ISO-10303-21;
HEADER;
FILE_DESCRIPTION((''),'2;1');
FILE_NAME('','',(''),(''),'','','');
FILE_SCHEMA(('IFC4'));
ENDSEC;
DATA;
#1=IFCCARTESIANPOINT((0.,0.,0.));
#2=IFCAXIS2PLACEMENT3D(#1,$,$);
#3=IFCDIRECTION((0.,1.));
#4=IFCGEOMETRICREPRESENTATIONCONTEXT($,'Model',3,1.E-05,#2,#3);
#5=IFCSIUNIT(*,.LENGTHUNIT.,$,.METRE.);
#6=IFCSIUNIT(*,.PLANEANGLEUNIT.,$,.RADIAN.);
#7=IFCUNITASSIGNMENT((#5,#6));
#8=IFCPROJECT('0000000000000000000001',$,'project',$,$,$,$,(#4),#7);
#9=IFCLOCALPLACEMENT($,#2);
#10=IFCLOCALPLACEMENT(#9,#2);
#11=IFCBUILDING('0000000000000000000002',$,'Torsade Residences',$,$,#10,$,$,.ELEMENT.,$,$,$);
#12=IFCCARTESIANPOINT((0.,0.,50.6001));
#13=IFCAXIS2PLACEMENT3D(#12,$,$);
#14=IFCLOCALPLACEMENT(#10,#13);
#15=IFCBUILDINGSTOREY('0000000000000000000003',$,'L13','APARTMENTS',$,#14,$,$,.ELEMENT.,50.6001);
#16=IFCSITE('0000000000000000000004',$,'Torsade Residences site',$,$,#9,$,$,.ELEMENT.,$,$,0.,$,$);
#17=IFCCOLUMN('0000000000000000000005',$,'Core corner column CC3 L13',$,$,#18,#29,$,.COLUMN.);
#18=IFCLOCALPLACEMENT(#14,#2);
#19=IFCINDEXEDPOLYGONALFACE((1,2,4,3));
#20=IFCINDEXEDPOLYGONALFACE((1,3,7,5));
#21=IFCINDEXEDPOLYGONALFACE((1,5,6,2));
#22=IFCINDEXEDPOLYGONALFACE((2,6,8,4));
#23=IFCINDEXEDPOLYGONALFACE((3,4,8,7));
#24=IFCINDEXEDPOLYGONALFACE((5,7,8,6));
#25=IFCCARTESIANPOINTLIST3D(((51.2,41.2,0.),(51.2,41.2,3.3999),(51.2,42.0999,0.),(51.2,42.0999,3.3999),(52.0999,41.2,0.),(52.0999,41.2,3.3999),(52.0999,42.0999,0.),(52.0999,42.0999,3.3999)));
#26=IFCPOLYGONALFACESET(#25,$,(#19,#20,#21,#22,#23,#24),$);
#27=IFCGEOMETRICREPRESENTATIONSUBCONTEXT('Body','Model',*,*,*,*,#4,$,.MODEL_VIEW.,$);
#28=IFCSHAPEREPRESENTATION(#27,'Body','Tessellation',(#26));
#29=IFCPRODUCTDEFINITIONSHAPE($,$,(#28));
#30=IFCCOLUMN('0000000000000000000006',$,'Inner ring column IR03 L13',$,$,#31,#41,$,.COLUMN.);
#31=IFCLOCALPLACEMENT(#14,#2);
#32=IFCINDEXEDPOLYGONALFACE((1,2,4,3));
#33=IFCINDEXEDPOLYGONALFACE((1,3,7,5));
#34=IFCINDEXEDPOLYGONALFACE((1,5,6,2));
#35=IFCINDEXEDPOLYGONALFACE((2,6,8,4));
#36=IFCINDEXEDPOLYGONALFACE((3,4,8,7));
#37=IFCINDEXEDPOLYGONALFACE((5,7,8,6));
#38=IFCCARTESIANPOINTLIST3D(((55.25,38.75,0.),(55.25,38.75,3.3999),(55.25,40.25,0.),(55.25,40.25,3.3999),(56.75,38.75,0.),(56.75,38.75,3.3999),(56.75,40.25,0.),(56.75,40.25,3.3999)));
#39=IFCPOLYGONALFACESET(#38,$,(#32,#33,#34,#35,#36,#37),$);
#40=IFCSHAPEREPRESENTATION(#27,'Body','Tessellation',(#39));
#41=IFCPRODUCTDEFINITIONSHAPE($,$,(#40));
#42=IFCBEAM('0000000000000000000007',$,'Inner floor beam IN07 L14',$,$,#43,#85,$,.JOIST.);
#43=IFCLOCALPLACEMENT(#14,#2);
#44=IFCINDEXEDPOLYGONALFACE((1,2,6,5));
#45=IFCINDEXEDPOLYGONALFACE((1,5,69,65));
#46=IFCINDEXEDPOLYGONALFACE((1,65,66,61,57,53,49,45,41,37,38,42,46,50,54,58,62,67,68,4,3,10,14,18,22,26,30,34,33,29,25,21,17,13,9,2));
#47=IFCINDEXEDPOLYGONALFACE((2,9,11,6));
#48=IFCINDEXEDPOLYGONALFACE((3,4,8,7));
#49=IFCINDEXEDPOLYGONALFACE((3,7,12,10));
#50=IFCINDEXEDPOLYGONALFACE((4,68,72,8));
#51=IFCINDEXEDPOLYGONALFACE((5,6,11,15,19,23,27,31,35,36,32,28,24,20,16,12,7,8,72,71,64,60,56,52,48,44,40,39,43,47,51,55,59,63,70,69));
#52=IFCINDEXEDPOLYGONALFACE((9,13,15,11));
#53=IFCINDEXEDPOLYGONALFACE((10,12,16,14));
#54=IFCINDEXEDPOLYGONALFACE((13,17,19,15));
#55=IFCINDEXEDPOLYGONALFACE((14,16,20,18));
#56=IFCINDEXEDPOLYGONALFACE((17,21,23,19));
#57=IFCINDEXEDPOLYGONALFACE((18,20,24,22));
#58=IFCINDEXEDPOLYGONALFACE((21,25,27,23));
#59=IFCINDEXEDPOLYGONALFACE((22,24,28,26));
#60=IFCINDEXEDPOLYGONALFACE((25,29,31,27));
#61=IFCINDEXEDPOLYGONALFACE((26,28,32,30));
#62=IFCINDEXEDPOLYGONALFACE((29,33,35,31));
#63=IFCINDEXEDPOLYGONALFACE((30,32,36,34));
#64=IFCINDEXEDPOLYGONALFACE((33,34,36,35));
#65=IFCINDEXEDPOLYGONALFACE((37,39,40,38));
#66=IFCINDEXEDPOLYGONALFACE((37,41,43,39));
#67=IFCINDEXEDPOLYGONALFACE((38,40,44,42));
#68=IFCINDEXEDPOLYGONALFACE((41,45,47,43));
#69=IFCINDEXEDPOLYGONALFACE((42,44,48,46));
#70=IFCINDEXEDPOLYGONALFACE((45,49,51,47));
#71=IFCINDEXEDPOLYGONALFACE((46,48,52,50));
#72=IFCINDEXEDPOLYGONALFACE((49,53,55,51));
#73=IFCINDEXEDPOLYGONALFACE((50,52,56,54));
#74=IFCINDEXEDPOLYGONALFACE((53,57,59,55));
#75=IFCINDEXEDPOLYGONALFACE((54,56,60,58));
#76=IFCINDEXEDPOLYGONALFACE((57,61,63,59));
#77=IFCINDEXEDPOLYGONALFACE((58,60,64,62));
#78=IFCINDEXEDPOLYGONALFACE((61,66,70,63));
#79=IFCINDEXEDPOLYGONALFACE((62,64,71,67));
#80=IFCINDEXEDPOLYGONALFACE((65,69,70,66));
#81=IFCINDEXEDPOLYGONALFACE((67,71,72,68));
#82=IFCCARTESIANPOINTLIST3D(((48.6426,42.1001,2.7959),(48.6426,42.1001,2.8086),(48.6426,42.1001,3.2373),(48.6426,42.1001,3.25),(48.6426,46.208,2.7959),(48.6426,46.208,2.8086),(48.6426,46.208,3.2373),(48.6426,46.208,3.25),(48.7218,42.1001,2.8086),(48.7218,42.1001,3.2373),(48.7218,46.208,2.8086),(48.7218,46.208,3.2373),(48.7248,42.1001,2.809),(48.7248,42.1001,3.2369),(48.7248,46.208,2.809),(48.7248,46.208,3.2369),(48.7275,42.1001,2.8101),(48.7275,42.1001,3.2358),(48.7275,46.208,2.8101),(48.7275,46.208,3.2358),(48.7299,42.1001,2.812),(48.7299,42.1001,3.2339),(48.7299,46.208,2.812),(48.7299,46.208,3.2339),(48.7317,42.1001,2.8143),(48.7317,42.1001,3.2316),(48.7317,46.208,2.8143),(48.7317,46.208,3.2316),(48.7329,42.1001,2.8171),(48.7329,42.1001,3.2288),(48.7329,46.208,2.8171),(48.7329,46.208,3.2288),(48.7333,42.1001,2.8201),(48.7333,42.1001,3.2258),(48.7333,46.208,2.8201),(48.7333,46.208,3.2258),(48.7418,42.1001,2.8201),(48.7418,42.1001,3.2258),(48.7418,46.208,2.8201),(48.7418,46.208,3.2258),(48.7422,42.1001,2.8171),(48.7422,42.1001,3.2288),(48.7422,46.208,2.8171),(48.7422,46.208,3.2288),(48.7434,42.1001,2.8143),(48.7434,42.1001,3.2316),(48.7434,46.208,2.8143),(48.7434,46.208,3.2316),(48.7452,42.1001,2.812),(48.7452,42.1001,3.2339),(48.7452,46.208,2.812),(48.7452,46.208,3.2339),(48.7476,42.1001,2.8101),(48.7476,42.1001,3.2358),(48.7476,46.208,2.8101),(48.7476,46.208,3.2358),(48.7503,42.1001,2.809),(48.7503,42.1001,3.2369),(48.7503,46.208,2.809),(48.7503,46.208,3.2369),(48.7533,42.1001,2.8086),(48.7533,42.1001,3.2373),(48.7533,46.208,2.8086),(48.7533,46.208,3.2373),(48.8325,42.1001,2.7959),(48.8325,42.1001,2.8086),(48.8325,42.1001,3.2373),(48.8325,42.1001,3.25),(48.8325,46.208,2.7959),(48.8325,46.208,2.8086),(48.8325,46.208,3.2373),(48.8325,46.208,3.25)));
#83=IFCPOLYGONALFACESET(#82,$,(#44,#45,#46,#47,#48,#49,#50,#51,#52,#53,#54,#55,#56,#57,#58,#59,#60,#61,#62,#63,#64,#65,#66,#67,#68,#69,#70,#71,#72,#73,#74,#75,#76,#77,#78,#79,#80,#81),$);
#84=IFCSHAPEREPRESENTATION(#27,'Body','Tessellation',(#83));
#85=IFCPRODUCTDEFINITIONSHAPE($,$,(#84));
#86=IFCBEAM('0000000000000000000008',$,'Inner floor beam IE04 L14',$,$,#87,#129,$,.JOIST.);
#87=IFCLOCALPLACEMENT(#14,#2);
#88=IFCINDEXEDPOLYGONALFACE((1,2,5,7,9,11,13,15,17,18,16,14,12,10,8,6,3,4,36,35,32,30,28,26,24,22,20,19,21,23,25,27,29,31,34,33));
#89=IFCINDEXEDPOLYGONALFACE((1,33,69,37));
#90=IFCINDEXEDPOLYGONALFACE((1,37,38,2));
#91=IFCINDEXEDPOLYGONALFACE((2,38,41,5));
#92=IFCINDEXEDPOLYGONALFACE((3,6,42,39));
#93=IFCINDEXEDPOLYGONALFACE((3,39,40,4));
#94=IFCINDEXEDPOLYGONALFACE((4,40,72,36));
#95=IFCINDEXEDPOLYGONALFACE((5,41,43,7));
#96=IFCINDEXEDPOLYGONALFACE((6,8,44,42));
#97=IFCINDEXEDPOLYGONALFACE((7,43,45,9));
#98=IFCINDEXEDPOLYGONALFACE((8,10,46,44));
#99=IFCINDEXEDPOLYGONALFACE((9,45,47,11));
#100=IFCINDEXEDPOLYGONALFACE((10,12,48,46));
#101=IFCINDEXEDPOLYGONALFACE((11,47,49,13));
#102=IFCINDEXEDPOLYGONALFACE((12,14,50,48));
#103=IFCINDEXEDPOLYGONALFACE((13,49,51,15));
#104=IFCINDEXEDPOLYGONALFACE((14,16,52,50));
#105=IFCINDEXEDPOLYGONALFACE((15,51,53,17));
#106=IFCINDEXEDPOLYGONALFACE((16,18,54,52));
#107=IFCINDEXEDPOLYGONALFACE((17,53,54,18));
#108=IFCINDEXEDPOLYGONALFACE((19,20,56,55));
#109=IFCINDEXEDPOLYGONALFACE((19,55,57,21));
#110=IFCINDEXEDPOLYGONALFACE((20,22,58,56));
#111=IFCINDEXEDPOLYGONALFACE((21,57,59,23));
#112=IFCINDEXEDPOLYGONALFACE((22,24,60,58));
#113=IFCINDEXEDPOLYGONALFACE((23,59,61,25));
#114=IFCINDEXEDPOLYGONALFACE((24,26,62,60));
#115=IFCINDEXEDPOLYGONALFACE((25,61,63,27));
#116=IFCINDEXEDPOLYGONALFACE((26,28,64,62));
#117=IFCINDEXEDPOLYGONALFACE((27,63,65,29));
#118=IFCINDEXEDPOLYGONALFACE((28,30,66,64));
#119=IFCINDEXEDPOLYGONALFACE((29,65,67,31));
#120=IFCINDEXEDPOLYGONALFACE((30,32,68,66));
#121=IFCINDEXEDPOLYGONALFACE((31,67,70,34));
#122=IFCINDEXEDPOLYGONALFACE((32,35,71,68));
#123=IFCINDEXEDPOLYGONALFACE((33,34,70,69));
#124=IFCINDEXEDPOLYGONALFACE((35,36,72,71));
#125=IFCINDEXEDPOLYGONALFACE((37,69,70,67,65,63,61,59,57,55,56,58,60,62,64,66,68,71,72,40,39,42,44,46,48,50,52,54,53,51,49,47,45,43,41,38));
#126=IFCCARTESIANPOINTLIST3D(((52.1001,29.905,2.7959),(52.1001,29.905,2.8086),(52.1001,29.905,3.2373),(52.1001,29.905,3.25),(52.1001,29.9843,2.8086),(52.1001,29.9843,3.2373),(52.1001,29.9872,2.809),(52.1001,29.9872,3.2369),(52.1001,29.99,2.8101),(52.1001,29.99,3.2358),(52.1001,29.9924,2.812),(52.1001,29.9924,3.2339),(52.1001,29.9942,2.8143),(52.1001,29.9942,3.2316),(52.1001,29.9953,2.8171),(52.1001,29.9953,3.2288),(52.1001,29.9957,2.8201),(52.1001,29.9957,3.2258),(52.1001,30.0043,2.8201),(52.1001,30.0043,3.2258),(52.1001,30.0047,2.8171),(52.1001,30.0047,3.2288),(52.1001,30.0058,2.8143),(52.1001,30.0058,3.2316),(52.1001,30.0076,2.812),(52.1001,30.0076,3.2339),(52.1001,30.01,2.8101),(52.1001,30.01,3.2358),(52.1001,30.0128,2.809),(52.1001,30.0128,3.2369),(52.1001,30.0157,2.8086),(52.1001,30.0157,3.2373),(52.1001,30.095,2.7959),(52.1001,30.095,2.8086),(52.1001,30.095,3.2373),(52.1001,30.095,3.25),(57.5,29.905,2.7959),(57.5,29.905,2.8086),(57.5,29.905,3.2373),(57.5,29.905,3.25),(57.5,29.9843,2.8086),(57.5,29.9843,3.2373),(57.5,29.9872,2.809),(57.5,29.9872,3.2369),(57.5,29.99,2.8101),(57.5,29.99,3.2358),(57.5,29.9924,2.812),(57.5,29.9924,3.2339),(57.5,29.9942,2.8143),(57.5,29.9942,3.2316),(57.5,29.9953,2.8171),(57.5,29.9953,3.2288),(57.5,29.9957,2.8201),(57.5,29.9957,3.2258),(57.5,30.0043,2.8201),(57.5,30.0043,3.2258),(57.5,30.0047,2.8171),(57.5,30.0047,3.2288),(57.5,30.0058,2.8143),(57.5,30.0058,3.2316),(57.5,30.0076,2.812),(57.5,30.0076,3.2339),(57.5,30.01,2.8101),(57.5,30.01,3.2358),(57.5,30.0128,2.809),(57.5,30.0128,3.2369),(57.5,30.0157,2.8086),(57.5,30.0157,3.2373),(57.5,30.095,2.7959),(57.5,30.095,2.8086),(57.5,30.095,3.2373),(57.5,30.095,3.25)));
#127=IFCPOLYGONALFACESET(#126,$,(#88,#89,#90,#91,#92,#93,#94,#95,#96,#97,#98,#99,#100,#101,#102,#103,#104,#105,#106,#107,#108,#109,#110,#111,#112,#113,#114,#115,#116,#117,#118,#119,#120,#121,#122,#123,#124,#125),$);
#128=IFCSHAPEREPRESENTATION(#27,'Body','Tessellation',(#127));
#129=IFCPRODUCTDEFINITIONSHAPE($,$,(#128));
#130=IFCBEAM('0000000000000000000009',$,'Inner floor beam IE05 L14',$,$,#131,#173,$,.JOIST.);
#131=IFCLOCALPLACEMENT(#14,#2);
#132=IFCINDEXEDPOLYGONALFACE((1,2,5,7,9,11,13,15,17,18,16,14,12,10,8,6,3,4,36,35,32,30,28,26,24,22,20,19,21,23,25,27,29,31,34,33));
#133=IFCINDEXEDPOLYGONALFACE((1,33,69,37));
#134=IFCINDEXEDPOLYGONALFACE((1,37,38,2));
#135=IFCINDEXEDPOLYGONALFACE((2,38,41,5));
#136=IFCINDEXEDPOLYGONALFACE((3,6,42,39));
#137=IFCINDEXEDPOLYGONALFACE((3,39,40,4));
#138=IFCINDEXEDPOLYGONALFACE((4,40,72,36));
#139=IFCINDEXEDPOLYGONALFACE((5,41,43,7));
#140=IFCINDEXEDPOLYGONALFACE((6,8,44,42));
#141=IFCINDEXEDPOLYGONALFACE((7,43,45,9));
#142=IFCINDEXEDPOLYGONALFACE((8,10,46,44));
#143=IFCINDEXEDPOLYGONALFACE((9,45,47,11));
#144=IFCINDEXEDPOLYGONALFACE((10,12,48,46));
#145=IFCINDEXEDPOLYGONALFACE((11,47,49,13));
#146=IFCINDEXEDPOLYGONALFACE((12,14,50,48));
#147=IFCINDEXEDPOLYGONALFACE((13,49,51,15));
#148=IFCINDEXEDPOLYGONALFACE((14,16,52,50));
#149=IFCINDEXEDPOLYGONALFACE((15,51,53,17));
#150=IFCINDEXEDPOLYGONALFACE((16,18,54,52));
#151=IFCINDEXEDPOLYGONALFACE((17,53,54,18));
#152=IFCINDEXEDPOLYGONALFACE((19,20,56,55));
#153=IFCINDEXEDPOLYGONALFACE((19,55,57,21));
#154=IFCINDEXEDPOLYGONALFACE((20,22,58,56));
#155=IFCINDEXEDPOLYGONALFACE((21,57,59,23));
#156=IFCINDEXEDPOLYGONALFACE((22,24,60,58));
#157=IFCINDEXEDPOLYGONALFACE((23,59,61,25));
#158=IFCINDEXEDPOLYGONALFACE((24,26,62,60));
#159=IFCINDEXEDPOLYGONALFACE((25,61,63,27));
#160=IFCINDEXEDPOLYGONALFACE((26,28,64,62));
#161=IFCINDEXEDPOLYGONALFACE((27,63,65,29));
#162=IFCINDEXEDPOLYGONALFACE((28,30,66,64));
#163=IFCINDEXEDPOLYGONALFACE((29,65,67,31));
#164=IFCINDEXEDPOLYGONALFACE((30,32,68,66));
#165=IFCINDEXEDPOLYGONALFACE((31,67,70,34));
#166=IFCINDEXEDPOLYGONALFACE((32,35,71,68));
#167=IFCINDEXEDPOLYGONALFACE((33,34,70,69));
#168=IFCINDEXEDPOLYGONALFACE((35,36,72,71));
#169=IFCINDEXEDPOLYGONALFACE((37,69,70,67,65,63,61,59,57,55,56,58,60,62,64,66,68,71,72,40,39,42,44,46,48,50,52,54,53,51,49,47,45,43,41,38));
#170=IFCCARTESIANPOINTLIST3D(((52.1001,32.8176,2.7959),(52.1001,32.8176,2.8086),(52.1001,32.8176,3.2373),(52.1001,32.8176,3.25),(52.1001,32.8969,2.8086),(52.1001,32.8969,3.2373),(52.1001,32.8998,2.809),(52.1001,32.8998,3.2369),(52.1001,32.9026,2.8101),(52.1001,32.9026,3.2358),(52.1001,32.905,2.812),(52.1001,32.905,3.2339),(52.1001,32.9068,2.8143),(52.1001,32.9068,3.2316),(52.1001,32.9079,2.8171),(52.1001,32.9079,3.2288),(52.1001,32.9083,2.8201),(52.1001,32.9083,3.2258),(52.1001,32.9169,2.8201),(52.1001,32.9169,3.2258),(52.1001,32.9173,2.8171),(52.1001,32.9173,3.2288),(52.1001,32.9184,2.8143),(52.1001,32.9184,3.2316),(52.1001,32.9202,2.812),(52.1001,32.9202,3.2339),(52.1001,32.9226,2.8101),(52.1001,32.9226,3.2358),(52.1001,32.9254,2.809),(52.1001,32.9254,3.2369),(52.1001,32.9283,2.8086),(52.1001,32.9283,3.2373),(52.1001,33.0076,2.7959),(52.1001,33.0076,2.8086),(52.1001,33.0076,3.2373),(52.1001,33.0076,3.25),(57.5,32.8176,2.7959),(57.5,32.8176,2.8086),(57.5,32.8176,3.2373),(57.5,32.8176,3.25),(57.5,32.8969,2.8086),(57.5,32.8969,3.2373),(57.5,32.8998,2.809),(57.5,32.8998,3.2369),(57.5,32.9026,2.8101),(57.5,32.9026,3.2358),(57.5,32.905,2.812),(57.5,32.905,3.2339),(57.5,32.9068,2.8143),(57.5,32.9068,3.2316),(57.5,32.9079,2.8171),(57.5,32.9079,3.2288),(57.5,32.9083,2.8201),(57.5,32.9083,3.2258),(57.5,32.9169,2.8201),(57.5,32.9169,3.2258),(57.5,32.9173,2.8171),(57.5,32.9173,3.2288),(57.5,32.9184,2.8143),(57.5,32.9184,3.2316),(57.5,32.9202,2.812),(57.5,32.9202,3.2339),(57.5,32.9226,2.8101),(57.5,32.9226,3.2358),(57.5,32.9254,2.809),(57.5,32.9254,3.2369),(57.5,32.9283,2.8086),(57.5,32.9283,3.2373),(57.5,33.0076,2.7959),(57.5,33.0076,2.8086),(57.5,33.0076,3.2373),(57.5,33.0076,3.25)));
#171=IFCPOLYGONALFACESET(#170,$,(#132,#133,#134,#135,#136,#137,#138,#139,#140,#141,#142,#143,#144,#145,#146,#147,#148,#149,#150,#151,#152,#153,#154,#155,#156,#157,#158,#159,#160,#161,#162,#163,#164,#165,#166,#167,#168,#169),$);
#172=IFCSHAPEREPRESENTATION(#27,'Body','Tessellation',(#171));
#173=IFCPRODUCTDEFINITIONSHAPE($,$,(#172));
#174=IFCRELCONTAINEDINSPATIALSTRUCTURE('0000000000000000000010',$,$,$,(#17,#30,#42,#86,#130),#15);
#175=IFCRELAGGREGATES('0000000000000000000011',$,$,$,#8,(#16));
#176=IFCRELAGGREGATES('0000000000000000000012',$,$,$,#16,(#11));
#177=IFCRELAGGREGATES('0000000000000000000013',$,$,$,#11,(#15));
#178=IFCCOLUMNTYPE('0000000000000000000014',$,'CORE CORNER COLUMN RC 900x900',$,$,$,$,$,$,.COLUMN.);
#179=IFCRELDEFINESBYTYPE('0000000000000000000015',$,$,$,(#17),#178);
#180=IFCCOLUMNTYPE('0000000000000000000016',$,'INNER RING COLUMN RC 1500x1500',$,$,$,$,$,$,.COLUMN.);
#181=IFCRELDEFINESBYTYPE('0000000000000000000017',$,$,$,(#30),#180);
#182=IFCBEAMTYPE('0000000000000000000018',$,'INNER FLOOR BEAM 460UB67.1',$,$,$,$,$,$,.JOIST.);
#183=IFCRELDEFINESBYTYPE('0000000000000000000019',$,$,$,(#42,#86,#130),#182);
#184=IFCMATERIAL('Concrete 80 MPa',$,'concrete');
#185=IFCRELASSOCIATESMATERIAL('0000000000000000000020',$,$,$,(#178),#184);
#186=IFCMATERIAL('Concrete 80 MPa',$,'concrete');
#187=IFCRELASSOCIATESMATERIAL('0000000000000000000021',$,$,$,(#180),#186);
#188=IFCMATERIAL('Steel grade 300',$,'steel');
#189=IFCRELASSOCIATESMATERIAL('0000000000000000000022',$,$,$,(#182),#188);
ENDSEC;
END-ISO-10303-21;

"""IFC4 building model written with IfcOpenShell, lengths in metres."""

from ifc_helpers import new_model, si_unit, direction, frame, origin, origin_2d, place, context, subcontext, project, spatial, rectangle, i_section, extrude, material, material_profile, profile_set, type_object, element, save


model = new_model("IFC4")

# Units and contexts
model_context = context("Model", 3, precision=1e-05, world=origin(), true_north=direction((0.0, 1.0)))
body_context = subcontext(model_context, "Body", "Model", "MODEL_VIEW")
ifc_project = project(units=[si_unit("LENGTHUNIT", "METRE"), si_unit("PLANEANGLEUNIT", "RADIAN")], contexts=[model_context])

# Site, building, storey
site_placement = place(None, origin())
site = spatial("IfcSite", under=ifc_project, at=site_placement, Name="Torsade Residences site", CompositionType="ELEMENT", RefElevation=0.0)
building_placement = place(site_placement, origin())
building = spatial("IfcBuilding", under=site, at=building_placement, Name="Torsade Residences", CompositionType="ELEMENT")
storey_placement = place(building_placement, frame((0.0, 0.0, 50.6001)))
storey = spatial("IfcBuildingStorey", under=building, at=storey_placement, Name="L13", Description="APARTMENTS", CompositionType="ELEMENT", Elevation=50.6001)

# Columns
ifc_material_1 = material(Name="Concrete 80 MPa", Category="concrete")
ifc_material_profile_1 = material_profile(ifc_material_1, rectangle(XDim=0.8999, YDim=0.8999, at=origin_2d()), Name="RC 900x900")
ifc_profile_set_1 = profile_set([ifc_material_profile_1], Name="Concrete 80 MPa")
column_type_1 = type_object("IfcColumnType", Name="CORE CORNER COLUMN RC 900x900", PredefinedType="COLUMN", material=ifc_profile_set_1)
column_1_placement = place(storey_placement, frame((51.6499, 41.6499, 0.0), z_axis=(0.0, 0.0, 1.0), x_axis=(1.0, 0.0, 0.0)))
element("IfcColumn", 1, at=column_1_placement, inside=storey, type_object=column_type_1, Name="Core corner column CC3 L13", PredefinedType="COLUMN", context=body_context, shape_type="SweptSolid", body=[
    extrude(rectangle(XDim=0.8999, YDim=0.8999, at=origin_2d()), origin(), (0.0, 0.0, 1.0), 3.3999),
])
ifc_material_2 = material(Name="Concrete 80 MPa", Category="concrete")
ifc_material_profile_2 = material_profile(ifc_material_2, rectangle(XDim=1.5, YDim=1.5, at=origin_2d()), Name="RC 1500x1500")
ifc_profile_set_2 = profile_set([ifc_material_profile_2], Name="Concrete 80 MPa")
column_type_2 = type_object("IfcColumnType", Name="INNER RING COLUMN RC 1500x1500", PredefinedType="COLUMN", material=ifc_profile_set_2)
column_2_placement = place(storey_placement, frame((56.0, 39.5, 0.0), z_axis=(0.0, 0.0, 1.0), x_axis=(1.0, 0.0, 0.0)))
element("IfcColumn", 2, at=column_2_placement, inside=storey, type_object=column_type_2, Name="Inner ring column IR03 L13", PredefinedType="COLUMN", context=body_context, shape_type="SweptSolid", body=[
    extrude(rectangle(XDim=1.5, YDim=1.5, at=origin_2d()), origin(), (0.0, 0.0, 1.0), 3.3999),
])

# Beams
ifc_material_3 = material(Name="Steel grade 300", Category="steel")
ifc_material_profile_3 = material_profile(ifc_material_3, i_section(OverallWidth=0.1899, OverallDepth=0.4541, WebThickness=0.0085, FlangeThickness=0.0127, FilletRadius=0.0115, at=origin_2d()), Name="460UB67.1")
ifc_profile_set_3 = profile_set([ifc_material_profile_3], Name="Steel grade 300")
beam_type_1 = type_object("IfcBeamType", Name="INNER FLOOR BEAM 460UB67.1", PredefinedType="JOIST", material=ifc_profile_set_3)
beam_1_placement = place(storey_placement, frame((48.7375, 42.1001, 3.0229), z_axis=(0.0, 1.0, 0.0), x_axis=(-1.0, 0.0, 0.0)))
element("IfcBeam", 3, at=beam_1_placement, inside=storey, type_object=beam_type_1, Name="Inner floor beam IN07 L14", PredefinedType="JOIST", context=body_context, shape_type="SweptSolid", body=[
    extrude(i_section(OverallWidth=0.1899, OverallDepth=0.4541, WebThickness=0.0085, FlangeThickness=0.0127, FilletRadius=0.0115, at=origin_2d()), origin(), (0.0, 0.0, 1.0), 4.1079),
])
for number, where, z_axis, x_axis, name in (
    (4, (52.1001, 30.0, 3.0229), (1.0, 0.0, 0.0), (0.0, 1.0, 0.0), "Inner floor beam IE04 L14"),
    (5, (52.1001, 32.9126, 3.0229), (1.0, 0.0, 0.0), (0.0, 1.0, 0.0), "Inner floor beam IE05 L14"),
):
    element("IfcBeam", number, at=place(storey_placement, frame(where, z_axis=z_axis, x_axis=x_axis)), inside=storey, type_object=beam_type_1, Name=name, PredefinedType="JOIST", context=body_context, shape_type="SweptSolid", body=[
        extrude(i_section(OverallWidth=0.1899, OverallDepth=0.4541, WebThickness=0.0085, FlangeThickness=0.0127, FilletRadius=0.0115, at=origin_2d()), origin(), (0.0, 0.0, 1.0), 5.3999),
    ])

save(model, "model.ifc")
